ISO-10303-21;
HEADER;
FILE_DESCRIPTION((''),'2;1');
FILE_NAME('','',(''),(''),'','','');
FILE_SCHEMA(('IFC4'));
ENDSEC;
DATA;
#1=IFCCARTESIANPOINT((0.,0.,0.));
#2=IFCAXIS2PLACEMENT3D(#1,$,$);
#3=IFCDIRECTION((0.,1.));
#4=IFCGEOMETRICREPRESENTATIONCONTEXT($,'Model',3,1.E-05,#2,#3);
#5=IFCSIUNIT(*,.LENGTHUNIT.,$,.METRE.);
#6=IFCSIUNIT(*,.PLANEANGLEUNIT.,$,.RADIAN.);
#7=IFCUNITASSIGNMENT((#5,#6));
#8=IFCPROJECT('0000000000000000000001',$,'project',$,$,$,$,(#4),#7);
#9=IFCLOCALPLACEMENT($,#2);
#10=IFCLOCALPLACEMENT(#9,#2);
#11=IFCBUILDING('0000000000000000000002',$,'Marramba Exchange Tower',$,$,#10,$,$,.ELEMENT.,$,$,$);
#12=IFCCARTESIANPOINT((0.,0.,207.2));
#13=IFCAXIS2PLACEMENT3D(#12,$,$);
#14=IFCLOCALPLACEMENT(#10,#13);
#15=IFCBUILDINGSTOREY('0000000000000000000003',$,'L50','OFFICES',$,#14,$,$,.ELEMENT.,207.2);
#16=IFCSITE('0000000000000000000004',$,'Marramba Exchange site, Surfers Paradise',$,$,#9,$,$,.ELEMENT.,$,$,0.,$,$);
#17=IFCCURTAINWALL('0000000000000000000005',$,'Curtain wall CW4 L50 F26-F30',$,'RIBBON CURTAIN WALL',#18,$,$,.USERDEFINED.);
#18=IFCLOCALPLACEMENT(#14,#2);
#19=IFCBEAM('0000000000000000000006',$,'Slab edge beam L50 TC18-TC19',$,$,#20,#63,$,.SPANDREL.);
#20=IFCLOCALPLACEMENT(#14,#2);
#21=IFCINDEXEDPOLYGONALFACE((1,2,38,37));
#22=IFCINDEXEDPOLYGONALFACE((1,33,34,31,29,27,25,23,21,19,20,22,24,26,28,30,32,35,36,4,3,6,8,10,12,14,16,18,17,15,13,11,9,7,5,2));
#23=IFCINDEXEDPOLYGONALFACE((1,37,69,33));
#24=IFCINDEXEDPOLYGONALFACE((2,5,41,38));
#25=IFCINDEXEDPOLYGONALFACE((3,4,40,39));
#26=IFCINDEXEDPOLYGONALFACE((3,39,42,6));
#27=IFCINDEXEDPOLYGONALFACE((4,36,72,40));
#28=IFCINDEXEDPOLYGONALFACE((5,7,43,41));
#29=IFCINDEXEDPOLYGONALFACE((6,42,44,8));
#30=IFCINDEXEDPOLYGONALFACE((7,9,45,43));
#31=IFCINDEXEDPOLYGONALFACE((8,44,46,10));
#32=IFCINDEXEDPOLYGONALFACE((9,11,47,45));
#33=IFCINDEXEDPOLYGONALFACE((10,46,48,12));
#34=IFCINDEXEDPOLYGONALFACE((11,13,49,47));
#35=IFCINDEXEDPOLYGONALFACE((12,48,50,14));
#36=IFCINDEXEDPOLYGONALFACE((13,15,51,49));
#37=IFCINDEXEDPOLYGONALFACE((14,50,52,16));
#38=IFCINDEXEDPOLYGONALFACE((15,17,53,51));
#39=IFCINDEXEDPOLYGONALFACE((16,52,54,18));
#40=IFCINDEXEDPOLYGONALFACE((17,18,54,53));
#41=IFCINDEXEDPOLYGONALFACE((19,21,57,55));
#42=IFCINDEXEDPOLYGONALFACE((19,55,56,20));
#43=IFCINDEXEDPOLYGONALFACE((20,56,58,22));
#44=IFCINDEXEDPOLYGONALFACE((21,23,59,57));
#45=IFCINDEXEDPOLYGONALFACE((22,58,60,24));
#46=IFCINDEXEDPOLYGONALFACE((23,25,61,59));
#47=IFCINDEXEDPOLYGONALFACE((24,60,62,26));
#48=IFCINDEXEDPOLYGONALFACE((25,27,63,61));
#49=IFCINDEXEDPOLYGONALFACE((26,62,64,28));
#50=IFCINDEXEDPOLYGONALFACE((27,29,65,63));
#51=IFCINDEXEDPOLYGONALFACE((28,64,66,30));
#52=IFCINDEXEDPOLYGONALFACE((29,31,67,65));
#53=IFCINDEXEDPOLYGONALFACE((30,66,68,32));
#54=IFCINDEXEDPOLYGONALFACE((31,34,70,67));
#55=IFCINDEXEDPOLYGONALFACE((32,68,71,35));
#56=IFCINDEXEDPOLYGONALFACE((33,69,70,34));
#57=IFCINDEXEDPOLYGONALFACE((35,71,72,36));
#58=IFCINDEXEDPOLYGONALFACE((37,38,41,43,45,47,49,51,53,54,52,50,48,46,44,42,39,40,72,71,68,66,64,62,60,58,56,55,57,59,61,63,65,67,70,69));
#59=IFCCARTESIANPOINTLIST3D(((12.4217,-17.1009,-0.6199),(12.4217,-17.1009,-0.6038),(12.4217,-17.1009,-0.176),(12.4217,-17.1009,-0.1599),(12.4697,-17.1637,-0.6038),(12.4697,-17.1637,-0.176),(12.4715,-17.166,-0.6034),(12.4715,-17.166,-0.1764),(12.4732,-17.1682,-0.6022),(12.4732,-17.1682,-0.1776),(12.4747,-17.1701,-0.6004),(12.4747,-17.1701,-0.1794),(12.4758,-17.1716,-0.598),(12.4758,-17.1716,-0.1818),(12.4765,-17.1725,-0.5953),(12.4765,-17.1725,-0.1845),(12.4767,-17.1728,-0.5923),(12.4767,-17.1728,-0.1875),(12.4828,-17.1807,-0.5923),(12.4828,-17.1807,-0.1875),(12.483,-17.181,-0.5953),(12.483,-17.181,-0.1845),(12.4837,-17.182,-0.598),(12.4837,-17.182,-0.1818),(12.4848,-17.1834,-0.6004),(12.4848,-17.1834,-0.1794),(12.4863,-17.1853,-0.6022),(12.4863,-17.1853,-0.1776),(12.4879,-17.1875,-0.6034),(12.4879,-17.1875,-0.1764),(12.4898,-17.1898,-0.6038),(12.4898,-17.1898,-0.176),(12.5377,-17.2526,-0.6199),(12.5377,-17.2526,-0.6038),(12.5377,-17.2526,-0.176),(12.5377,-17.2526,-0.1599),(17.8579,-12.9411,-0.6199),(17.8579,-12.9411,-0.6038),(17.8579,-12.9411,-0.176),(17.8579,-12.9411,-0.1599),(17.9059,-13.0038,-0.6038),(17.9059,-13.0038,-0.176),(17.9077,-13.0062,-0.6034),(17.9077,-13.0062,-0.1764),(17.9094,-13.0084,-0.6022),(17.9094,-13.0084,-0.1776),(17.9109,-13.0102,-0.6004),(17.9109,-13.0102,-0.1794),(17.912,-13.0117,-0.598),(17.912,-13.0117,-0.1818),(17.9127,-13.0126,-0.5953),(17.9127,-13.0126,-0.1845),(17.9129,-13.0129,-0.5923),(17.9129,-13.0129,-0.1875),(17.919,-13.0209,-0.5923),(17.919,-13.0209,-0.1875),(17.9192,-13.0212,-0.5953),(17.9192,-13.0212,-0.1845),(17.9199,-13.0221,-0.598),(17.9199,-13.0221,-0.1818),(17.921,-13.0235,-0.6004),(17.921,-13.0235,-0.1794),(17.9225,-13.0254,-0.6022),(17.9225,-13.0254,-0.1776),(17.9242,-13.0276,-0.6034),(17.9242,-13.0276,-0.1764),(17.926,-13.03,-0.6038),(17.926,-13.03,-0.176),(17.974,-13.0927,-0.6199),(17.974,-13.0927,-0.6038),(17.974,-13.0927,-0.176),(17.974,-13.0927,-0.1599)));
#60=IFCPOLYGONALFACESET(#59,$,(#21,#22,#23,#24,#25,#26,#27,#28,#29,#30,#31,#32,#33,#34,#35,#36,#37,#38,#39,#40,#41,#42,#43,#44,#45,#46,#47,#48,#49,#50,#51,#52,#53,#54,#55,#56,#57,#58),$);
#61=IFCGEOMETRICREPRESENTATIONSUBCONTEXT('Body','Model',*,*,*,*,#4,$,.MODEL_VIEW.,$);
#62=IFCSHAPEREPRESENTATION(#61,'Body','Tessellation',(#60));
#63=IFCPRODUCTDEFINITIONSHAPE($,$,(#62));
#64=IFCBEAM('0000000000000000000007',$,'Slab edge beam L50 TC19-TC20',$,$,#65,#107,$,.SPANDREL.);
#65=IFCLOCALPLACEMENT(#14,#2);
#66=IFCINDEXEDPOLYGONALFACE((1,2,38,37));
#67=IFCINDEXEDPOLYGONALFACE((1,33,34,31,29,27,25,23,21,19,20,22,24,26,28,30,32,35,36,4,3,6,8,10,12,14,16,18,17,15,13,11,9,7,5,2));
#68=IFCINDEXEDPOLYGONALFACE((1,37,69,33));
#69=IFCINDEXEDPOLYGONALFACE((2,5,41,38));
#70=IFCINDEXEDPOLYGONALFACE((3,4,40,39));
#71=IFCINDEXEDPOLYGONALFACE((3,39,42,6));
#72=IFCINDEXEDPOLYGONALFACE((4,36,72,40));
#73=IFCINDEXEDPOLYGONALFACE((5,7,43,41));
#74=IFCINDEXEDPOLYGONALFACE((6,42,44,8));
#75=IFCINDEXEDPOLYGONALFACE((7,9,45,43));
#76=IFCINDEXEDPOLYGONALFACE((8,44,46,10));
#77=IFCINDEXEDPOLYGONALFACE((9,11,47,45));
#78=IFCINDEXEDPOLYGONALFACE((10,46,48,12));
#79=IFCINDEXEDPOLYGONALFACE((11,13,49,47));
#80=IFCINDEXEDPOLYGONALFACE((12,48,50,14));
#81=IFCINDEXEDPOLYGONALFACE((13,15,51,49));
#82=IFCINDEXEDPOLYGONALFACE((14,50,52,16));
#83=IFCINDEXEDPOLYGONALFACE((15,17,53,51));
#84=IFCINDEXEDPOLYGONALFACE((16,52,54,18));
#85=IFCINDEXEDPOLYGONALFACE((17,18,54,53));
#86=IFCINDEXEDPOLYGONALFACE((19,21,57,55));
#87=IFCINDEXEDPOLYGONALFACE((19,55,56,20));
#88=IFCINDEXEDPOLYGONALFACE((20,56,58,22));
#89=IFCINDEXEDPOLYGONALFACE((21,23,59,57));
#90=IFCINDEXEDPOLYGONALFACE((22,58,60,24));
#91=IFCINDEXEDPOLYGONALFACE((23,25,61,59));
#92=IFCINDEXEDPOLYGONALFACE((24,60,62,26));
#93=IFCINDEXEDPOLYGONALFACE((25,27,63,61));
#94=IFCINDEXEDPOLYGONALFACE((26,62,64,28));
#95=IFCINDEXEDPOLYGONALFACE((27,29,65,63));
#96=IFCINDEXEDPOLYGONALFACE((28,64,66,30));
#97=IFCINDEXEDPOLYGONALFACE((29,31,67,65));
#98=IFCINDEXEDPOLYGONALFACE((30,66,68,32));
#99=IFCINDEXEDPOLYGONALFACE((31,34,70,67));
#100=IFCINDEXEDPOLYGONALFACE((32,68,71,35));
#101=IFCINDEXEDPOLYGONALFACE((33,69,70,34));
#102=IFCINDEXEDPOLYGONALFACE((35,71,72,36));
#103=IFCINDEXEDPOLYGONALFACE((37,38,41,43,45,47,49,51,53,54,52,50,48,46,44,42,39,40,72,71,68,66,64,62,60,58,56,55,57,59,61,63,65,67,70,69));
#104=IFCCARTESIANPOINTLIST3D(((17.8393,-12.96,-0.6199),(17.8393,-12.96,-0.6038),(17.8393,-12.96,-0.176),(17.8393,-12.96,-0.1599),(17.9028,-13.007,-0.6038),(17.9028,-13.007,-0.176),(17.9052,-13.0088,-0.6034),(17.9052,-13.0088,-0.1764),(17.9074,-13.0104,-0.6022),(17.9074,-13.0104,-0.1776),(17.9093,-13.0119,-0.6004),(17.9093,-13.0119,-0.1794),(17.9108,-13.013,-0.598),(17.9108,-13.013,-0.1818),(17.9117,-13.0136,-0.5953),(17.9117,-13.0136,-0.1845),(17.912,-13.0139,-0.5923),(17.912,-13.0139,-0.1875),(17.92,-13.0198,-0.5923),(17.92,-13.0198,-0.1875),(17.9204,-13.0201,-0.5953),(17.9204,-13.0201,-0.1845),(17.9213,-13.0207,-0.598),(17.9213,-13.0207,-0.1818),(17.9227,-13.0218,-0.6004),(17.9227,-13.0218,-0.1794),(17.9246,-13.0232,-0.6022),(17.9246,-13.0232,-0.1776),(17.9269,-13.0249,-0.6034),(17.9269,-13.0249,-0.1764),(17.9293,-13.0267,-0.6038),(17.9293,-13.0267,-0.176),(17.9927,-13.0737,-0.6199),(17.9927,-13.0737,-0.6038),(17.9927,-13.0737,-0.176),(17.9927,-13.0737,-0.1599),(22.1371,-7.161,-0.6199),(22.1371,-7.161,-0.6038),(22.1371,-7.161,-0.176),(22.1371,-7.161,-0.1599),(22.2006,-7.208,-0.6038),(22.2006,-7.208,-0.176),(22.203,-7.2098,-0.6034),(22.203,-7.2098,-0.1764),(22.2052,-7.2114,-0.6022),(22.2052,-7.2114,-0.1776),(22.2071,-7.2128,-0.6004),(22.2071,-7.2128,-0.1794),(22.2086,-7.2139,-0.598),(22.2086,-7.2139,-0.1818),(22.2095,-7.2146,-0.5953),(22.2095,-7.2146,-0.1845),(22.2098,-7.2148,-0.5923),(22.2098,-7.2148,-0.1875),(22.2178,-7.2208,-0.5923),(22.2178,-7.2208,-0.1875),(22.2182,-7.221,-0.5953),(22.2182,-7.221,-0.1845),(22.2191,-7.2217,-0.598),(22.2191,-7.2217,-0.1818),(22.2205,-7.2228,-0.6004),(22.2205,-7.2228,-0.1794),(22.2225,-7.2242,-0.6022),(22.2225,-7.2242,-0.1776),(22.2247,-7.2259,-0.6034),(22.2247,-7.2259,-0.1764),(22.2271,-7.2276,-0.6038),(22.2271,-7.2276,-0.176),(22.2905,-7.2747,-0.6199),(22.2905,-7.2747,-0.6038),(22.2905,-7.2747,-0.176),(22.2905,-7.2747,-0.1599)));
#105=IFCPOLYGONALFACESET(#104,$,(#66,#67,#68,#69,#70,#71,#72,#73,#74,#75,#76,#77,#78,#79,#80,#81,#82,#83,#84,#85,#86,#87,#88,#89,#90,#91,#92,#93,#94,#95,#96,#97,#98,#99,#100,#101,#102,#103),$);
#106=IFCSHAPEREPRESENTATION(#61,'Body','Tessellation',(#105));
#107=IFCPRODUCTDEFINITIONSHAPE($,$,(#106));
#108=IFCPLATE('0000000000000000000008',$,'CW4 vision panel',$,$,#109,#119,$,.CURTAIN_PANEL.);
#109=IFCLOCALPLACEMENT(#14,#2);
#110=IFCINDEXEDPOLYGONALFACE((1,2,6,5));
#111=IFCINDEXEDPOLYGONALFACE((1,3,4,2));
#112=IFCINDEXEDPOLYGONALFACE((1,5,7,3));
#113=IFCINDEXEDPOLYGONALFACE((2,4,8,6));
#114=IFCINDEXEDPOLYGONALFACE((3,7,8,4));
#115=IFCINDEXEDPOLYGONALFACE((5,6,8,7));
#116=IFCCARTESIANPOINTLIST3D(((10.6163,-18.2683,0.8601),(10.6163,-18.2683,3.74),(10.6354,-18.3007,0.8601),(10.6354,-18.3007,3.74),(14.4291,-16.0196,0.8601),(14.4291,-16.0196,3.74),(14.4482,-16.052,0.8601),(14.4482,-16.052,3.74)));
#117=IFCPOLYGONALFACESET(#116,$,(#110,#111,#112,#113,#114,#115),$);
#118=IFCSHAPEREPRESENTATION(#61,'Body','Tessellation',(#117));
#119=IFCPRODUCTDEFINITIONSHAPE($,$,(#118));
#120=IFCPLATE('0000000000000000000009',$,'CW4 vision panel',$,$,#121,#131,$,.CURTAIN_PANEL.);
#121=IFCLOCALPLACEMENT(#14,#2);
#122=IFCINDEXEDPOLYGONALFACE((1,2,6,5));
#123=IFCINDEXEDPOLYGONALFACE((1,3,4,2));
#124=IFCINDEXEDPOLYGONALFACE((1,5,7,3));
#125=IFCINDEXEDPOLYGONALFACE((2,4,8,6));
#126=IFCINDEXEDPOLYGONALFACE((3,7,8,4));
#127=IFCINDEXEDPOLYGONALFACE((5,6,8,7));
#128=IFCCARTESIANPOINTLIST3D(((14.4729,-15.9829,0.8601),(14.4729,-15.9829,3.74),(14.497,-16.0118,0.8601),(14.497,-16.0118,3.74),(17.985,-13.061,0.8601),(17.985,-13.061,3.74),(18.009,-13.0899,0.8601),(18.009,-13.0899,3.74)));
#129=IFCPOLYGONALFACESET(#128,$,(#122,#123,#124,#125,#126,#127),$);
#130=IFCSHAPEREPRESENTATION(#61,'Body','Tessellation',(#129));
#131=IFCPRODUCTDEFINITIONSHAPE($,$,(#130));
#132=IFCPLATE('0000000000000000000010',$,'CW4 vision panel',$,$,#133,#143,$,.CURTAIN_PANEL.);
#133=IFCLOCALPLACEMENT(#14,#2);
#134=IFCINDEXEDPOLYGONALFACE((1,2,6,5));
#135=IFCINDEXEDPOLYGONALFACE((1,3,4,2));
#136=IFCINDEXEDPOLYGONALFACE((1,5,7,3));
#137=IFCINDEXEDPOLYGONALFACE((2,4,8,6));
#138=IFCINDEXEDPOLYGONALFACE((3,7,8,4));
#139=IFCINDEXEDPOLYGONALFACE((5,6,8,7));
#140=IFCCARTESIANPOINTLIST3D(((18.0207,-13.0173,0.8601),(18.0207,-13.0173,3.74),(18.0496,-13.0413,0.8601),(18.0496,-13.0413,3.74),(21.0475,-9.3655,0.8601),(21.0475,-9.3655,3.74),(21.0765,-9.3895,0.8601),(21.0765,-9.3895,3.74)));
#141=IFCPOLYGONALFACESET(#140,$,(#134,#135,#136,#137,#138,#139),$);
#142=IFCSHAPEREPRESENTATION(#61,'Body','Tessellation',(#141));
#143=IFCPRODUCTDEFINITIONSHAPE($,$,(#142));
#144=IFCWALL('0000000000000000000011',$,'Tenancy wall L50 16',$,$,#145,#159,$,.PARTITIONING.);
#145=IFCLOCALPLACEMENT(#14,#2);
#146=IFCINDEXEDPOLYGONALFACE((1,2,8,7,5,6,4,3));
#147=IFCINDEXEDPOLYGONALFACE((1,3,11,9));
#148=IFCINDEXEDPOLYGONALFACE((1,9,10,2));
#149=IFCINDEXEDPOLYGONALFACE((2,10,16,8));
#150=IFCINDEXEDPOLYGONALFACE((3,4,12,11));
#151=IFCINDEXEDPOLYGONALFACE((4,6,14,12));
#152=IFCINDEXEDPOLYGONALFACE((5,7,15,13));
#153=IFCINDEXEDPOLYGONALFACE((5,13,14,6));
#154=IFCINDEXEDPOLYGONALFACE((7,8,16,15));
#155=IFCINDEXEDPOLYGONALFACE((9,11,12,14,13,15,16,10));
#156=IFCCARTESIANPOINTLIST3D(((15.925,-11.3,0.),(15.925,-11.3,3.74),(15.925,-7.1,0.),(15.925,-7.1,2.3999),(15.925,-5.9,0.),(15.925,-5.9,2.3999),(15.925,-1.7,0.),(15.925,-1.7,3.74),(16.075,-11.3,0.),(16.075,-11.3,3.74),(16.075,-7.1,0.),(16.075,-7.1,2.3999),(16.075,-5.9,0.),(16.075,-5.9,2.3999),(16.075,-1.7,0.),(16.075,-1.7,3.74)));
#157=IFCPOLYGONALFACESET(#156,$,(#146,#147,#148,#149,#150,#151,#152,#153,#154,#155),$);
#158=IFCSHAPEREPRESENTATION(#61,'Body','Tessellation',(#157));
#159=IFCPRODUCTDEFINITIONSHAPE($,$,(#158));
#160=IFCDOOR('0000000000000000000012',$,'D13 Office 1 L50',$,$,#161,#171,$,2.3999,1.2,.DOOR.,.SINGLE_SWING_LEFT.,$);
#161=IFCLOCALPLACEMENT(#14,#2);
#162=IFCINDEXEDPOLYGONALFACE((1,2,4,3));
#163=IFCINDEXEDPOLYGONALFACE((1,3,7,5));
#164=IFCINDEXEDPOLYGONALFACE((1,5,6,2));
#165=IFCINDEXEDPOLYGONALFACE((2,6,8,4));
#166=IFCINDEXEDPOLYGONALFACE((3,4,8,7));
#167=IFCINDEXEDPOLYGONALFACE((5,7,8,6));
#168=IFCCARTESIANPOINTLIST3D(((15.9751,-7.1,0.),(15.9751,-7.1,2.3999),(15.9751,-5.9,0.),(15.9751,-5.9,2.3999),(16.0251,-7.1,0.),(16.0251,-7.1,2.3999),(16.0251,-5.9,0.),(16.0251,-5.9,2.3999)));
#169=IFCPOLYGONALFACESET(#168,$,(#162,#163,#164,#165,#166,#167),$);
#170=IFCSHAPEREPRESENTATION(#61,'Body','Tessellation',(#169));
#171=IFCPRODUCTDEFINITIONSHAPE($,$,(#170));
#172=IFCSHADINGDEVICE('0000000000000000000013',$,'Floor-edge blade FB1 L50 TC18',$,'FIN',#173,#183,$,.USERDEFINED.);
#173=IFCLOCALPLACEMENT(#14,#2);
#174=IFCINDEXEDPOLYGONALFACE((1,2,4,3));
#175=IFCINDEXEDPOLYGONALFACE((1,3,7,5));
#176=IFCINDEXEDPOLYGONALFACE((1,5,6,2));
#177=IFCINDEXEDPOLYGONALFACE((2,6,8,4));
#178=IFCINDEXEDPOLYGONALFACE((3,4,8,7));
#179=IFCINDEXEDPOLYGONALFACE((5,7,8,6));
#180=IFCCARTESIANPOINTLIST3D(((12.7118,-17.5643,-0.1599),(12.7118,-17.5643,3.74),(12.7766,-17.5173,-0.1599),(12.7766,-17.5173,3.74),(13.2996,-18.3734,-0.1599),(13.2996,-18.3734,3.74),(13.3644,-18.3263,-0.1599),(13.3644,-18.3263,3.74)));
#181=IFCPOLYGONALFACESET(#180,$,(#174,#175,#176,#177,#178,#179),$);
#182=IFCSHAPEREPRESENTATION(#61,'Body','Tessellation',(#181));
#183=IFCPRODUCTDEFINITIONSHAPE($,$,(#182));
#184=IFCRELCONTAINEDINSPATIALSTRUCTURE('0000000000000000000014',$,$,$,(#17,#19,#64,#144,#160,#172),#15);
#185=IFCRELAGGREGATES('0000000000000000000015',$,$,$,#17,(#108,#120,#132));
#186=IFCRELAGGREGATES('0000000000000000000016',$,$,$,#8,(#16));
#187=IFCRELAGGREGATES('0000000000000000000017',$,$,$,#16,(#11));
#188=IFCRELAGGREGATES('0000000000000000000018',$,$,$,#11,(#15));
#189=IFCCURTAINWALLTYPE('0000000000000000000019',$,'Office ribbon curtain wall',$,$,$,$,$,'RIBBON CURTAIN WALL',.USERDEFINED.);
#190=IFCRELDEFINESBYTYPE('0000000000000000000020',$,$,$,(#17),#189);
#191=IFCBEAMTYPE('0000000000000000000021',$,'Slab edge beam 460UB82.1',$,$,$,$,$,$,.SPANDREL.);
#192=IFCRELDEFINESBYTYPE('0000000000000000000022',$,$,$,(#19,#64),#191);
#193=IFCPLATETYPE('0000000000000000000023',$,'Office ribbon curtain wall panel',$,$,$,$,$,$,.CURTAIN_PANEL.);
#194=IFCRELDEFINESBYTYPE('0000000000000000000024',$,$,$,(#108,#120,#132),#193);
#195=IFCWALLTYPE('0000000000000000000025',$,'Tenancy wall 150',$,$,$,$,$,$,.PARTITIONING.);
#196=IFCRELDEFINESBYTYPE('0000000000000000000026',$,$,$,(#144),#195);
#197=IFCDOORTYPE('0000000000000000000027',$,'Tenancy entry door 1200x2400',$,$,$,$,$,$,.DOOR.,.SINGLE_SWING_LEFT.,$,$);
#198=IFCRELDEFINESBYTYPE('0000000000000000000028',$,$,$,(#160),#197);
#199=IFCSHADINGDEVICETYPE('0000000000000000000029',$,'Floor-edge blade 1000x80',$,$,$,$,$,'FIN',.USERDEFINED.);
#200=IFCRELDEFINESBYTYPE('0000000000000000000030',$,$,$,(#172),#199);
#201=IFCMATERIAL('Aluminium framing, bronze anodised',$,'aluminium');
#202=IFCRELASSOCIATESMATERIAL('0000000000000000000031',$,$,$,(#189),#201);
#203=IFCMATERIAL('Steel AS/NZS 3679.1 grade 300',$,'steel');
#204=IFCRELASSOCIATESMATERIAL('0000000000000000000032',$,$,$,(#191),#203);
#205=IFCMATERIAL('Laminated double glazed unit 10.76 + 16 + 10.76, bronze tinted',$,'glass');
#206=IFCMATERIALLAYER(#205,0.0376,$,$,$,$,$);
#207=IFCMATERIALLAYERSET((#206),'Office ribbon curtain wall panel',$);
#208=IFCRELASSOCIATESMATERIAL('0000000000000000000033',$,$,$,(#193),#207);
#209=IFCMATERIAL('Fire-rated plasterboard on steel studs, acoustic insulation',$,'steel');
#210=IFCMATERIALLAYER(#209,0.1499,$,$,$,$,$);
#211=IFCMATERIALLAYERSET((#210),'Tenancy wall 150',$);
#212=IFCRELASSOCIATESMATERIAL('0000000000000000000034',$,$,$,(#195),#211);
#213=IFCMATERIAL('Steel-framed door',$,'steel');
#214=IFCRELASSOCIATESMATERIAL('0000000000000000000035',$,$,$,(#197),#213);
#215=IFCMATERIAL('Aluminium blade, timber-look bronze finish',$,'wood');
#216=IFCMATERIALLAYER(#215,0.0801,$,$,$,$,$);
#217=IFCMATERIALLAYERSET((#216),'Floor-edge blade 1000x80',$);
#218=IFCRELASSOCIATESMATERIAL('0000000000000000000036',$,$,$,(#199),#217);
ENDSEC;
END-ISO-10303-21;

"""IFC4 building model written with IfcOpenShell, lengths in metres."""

from ifc_helpers import new_model, si_unit, direction, frame, frame_2d, origin, origin_2d, place, context, subcontext, project, spatial, rectangle, i_section, extrude, material, layer, layer_set, material_profile, profile_set, type_object, element, fill, aggregate, save


model = new_model("IFC4")

# Units and contexts
model_context = context("Model", 3, precision=1e-05, world=origin(), true_north=direction((0.0, 1.0)))
body_context = subcontext(model_context, "Body", "Model", "MODEL_VIEW")
ifc_project = project(units=[si_unit("LENGTHUNIT", "METRE"), si_unit("PLANEANGLEUNIT", "RADIAN")], contexts=[model_context])

# Site, building, storey
site_placement = place(None, origin())
site = spatial("IfcSite", under=ifc_project, at=site_placement, Name="Marramba Exchange site, Surfers Paradise", CompositionType="ELEMENT", RefElevation=0.0)
building_placement = place(site_placement, origin())
building = spatial("IfcBuilding", under=site, at=building_placement, Name="Marramba Exchange Tower", CompositionType="ELEMENT")
storey_placement = place(building_placement, frame((0.0, 0.0, 207.2)))
storey = spatial("IfcBuildingStorey", under=building, at=storey_placement, Name="L50", Description="OFFICES", CompositionType="ELEMENT", Elevation=207.2)

# Curtain wall
ifc_material_1 = material(Name="Aluminium framing, bronze anodised", Category="aluminium")
curtain_wall_type = type_object("IfcCurtainWallType", Name="Office ribbon curtain wall", ElementType="RIBBON CURTAIN WALL", PredefinedType="USERDEFINED", material=ifc_material_1)
curtain_wall_placement = place(storey_placement, origin())
curtain_wall = element("IfcCurtainWall", 1, at=curtain_wall_placement, inside=storey, type_object=curtain_wall_type, Name="Curtain wall CW4 L50 F26-F30", ObjectType="RIBBON CURTAIN WALL", PredefinedType="USERDEFINED")

# Beams
ifc_material_2 = material(Name="Steel AS/NZS 3679.1 grade 300", Category="steel")
ifc_material_profile_1 = material_profile(ifc_material_2, i_section(OverallWidth=0.1909, OverallDepth=0.46, WebThickness=0.01, FlangeThickness=0.0161, FilletRadius=0.0115, at=origin_2d()), Name="460UB82.1")
ifc_profile_set_1 = profile_set([ifc_material_profile_1], Name="Steel AS/NZS 3679.1 grade 300")
beam_type_1 = type_object("IfcBeamType", Name="Slab edge beam 460UB82.1", PredefinedType="SPANDREL", material=ifc_profile_set_1)
beam_1_placement = place(storey_placement, frame((12.4797, -17.1768, -0.3899), z_axis=(0.794163, 0.607704, 0.0), x_axis=(-0.607704, 0.794163, 0.0)))
element("IfcBeam", 2, at=beam_1_placement, inside=storey, type_object=beam_type_1, Name="Slab edge beam L50 TC18-TC19", PredefinedType="SPANDREL", context=body_context, shape_type="SweptSolid", body=[
    extrude(i_section(OverallWidth=0.1909, OverallDepth=0.46, WebThickness=0.01, FlangeThickness=0.0161, FilletRadius=0.0115, at=origin_2d()), origin(), (0.0, 0.0, 1.0), 6.8452),
])
beam_2_placement = place(storey_placement, frame((17.916, -13.0168, -0.3899), z_axis=(0.595428, 0.803409, 0.0), x_axis=(-0.803409, 0.595428, 0.0)))
element("IfcBeam", 3, at=beam_2_placement, inside=storey, type_object=beam_type_1, Name="Slab edge beam L50 TC19-TC20", PredefinedType="SPANDREL", context=body_context, shape_type="SweptSolid", body=[
    extrude(i_section(OverallWidth=0.1909, OverallDepth=0.46, WebThickness=0.01, FlangeThickness=0.0161, FilletRadius=0.0115, at=origin_2d()), origin(), (0.0, 0.0, 1.0), 7.218),
])

# Plates
ifc_material_3 = material(Name="Laminated double glazed unit 10.76 + 16 + 10.76, bronze tinted", Category="glass")
ifc_layer_1 = layer(ifc_material_3, 0.0376)
ifc_layer_set_1 = layer_set([ifc_layer_1], Name="Office ribbon curtain wall panel")
plate_type = type_object("IfcPlateType", Name="Office ribbon curtain wall panel", PredefinedType="CURTAIN_PANEL", material=ifc_layer_set_1)
plate_1_placement = place(storey_placement, frame((12.5322, -17.1602, 0.8601), z_axis=(0.0, 0.0, 1.0), x_axis=(0.861351, 0.508011, 0.0)))
plate_1 = element("IfcPlate", 4, at=plate_1_placement, type_object=plate_type, Name="CW4 vision panel", PredefinedType="CURTAIN_PANEL", context=body_context, shape_type="SweptSolid", body=[
    extrude(rectangle(XDim=4.4265, YDim=0.0376, at=origin_2d()), origin(), (0.0, 0.0, 1.0), 2.8799),
])
plate_2_placement = place(storey_placement, frame((16.241, -14.5364, 0.8601), z_axis=(0.0, 0.0, 1.0), x_axis=(0.768737, 0.639565, 0.0)))
plate_2 = element("IfcPlate", 5, at=plate_2_placement, type_object=plate_type, Name="CW4 vision panel", PredefinedType="CURTAIN_PANEL", context=body_context, shape_type="SweptSolid", body=[
    extrude(rectangle(XDim=4.5686, YDim=0.0376, at=origin_2d()), origin(), (0.0, 0.0, 1.0), 2.8799),
])
plate_3_placement = place(storey_placement, frame((19.5486, -11.2034, 0.8601), z_axis=(0.0, 0.0, 1.0), x_axis=(0.63815, 0.769912, 0.0)))
plate_3 = element("IfcPlate", 6, at=plate_3_placement, type_object=plate_type, Name="CW4 vision panel", PredefinedType="CURTAIN_PANEL", context=body_context, shape_type="SweptSolid", body=[
    extrude(rectangle(XDim=4.7432, YDim=0.0376, at=origin_2d()), origin(), (0.0, 0.0, 1.0), 2.8799),
])
aggregate(curtain_wall, [plate_1, plate_2, plate_3])

# Wall, opening, door
ifc_material_4 = material(Name="Steel-framed door", Category="steel")
ifc_material_5 = material(Name="Fire-rated plasterboard on steel studs, acoustic insulation", Category="steel")
ifc_layer_2 = layer(ifc_material_5, 0.1499)
ifc_layer_set_2 = layer_set([ifc_layer_2], Name="Tenancy wall 150")
wall_type_1 = type_object("IfcWallType", Name="Tenancy wall 150", PredefinedType="PARTITIONING", material=ifc_layer_set_2)
wall_1_placement = place(storey_placement, frame((16.0, -11.3, 0.0), z_axis=(0.0, 0.0, 1.0), x_axis=(0.0, 1.0, 0.0)))
wall_1 = element("IfcWall", 7, at=wall_1_placement, inside=storey, type_object=wall_type_1, Name="Tenancy wall L50 16", PredefinedType="PARTITIONING", context=body_context, shape_type="SweptSolid", body=[
    extrude(rectangle(XDim=9.6001, YDim=0.1499, at=frame_2d((4.8, 0.0))), origin(), (0.0, 0.0, 1.0), 3.74),
])
opening_1_placement = place(wall_1_placement, frame((4.2, 0.0, 0.0)))
opening_1 = element("IfcOpeningElement", 8, at=opening_1_placement, cuts=wall_1, PredefinedType="OPENING", context=body_context, shape_type="SweptSolid", body=[
    extrude(rectangle(XDim=1.2, YDim=2.3999, at=frame_2d((0.6001, 1.2))), frame((0.0, 0.085, 0.0), z_axis=(0.0, -1.0, 0.0), x_axis=(1.0, 0.0, 0.0)), (0.0, 0.0, 1.0), 0.1699),
])
door_type_1 = type_object("IfcDoorType", Name="Tenancy entry door 1200x2400", OperationType="SINGLE_SWING_LEFT", PredefinedType="DOOR", material=ifc_material_4)
door_1_placement = place(opening_1_placement, origin())
door_1 = element("IfcDoor", 9, at=door_1_placement, inside=storey, type_object=door_type_1, Name="D13 Office 1 L50", OperationType="SINGLE_SWING_LEFT", OverallHeight=2.3999, OverallWidth=1.2, PredefinedType="DOOR", context=body_context, shape_type="SweptSolid", body=[
    extrude(rectangle(XDim=1.2, YDim=2.3999, at=frame_2d((0.6001, 1.2))), frame((0.0, 0.0249, 0.0), z_axis=(0.0, -1.0, 0.0), x_axis=(1.0, 0.0, 0.0)), (0.0, 0.0, 1.0), 0.05),
])
fill(opening_1, door_1)

# Shading device
ifc_material_6 = material(Name="Aluminium blade, timber-look bronze finish", Category="wood")
ifc_layer_3 = layer(ifc_material_6, 0.0801)
ifc_layer_set_3 = layer_set([ifc_layer_3], Name="Floor-edge blade 1000x80")
shading_device_type_1 = type_object("IfcShadingDeviceType", Name="Floor-edge blade 1000x80", ElementType="FIN", PredefinedType="USERDEFINED", material=ifc_layer_set_3)
for number, where, z_axis, x_axis, name in (
    (10, (13.0381, -17.9453, -0.1599), (0.0, 0.0, 1.0), (0.587785, -0.809017, 0.0), "Floor-edge blade FB1 L50 TC18"),
):
    element("IfcShadingDevice", number, at=place(storey_placement, frame(where, z_axis=z_axis, x_axis=x_axis)), inside=storey, type_object=shading_device_type_1, Name=name, ObjectType="FIN", PredefinedType="USERDEFINED", context=body_context, shape_type="SweptSolid", body=[
        extrude(rectangle(XDim=1.0, YDim=0.0801, at=origin_2d()), origin(), (0.0, 0.0, 1.0), 3.8999),
    ])

save(model, "model.ifc")
